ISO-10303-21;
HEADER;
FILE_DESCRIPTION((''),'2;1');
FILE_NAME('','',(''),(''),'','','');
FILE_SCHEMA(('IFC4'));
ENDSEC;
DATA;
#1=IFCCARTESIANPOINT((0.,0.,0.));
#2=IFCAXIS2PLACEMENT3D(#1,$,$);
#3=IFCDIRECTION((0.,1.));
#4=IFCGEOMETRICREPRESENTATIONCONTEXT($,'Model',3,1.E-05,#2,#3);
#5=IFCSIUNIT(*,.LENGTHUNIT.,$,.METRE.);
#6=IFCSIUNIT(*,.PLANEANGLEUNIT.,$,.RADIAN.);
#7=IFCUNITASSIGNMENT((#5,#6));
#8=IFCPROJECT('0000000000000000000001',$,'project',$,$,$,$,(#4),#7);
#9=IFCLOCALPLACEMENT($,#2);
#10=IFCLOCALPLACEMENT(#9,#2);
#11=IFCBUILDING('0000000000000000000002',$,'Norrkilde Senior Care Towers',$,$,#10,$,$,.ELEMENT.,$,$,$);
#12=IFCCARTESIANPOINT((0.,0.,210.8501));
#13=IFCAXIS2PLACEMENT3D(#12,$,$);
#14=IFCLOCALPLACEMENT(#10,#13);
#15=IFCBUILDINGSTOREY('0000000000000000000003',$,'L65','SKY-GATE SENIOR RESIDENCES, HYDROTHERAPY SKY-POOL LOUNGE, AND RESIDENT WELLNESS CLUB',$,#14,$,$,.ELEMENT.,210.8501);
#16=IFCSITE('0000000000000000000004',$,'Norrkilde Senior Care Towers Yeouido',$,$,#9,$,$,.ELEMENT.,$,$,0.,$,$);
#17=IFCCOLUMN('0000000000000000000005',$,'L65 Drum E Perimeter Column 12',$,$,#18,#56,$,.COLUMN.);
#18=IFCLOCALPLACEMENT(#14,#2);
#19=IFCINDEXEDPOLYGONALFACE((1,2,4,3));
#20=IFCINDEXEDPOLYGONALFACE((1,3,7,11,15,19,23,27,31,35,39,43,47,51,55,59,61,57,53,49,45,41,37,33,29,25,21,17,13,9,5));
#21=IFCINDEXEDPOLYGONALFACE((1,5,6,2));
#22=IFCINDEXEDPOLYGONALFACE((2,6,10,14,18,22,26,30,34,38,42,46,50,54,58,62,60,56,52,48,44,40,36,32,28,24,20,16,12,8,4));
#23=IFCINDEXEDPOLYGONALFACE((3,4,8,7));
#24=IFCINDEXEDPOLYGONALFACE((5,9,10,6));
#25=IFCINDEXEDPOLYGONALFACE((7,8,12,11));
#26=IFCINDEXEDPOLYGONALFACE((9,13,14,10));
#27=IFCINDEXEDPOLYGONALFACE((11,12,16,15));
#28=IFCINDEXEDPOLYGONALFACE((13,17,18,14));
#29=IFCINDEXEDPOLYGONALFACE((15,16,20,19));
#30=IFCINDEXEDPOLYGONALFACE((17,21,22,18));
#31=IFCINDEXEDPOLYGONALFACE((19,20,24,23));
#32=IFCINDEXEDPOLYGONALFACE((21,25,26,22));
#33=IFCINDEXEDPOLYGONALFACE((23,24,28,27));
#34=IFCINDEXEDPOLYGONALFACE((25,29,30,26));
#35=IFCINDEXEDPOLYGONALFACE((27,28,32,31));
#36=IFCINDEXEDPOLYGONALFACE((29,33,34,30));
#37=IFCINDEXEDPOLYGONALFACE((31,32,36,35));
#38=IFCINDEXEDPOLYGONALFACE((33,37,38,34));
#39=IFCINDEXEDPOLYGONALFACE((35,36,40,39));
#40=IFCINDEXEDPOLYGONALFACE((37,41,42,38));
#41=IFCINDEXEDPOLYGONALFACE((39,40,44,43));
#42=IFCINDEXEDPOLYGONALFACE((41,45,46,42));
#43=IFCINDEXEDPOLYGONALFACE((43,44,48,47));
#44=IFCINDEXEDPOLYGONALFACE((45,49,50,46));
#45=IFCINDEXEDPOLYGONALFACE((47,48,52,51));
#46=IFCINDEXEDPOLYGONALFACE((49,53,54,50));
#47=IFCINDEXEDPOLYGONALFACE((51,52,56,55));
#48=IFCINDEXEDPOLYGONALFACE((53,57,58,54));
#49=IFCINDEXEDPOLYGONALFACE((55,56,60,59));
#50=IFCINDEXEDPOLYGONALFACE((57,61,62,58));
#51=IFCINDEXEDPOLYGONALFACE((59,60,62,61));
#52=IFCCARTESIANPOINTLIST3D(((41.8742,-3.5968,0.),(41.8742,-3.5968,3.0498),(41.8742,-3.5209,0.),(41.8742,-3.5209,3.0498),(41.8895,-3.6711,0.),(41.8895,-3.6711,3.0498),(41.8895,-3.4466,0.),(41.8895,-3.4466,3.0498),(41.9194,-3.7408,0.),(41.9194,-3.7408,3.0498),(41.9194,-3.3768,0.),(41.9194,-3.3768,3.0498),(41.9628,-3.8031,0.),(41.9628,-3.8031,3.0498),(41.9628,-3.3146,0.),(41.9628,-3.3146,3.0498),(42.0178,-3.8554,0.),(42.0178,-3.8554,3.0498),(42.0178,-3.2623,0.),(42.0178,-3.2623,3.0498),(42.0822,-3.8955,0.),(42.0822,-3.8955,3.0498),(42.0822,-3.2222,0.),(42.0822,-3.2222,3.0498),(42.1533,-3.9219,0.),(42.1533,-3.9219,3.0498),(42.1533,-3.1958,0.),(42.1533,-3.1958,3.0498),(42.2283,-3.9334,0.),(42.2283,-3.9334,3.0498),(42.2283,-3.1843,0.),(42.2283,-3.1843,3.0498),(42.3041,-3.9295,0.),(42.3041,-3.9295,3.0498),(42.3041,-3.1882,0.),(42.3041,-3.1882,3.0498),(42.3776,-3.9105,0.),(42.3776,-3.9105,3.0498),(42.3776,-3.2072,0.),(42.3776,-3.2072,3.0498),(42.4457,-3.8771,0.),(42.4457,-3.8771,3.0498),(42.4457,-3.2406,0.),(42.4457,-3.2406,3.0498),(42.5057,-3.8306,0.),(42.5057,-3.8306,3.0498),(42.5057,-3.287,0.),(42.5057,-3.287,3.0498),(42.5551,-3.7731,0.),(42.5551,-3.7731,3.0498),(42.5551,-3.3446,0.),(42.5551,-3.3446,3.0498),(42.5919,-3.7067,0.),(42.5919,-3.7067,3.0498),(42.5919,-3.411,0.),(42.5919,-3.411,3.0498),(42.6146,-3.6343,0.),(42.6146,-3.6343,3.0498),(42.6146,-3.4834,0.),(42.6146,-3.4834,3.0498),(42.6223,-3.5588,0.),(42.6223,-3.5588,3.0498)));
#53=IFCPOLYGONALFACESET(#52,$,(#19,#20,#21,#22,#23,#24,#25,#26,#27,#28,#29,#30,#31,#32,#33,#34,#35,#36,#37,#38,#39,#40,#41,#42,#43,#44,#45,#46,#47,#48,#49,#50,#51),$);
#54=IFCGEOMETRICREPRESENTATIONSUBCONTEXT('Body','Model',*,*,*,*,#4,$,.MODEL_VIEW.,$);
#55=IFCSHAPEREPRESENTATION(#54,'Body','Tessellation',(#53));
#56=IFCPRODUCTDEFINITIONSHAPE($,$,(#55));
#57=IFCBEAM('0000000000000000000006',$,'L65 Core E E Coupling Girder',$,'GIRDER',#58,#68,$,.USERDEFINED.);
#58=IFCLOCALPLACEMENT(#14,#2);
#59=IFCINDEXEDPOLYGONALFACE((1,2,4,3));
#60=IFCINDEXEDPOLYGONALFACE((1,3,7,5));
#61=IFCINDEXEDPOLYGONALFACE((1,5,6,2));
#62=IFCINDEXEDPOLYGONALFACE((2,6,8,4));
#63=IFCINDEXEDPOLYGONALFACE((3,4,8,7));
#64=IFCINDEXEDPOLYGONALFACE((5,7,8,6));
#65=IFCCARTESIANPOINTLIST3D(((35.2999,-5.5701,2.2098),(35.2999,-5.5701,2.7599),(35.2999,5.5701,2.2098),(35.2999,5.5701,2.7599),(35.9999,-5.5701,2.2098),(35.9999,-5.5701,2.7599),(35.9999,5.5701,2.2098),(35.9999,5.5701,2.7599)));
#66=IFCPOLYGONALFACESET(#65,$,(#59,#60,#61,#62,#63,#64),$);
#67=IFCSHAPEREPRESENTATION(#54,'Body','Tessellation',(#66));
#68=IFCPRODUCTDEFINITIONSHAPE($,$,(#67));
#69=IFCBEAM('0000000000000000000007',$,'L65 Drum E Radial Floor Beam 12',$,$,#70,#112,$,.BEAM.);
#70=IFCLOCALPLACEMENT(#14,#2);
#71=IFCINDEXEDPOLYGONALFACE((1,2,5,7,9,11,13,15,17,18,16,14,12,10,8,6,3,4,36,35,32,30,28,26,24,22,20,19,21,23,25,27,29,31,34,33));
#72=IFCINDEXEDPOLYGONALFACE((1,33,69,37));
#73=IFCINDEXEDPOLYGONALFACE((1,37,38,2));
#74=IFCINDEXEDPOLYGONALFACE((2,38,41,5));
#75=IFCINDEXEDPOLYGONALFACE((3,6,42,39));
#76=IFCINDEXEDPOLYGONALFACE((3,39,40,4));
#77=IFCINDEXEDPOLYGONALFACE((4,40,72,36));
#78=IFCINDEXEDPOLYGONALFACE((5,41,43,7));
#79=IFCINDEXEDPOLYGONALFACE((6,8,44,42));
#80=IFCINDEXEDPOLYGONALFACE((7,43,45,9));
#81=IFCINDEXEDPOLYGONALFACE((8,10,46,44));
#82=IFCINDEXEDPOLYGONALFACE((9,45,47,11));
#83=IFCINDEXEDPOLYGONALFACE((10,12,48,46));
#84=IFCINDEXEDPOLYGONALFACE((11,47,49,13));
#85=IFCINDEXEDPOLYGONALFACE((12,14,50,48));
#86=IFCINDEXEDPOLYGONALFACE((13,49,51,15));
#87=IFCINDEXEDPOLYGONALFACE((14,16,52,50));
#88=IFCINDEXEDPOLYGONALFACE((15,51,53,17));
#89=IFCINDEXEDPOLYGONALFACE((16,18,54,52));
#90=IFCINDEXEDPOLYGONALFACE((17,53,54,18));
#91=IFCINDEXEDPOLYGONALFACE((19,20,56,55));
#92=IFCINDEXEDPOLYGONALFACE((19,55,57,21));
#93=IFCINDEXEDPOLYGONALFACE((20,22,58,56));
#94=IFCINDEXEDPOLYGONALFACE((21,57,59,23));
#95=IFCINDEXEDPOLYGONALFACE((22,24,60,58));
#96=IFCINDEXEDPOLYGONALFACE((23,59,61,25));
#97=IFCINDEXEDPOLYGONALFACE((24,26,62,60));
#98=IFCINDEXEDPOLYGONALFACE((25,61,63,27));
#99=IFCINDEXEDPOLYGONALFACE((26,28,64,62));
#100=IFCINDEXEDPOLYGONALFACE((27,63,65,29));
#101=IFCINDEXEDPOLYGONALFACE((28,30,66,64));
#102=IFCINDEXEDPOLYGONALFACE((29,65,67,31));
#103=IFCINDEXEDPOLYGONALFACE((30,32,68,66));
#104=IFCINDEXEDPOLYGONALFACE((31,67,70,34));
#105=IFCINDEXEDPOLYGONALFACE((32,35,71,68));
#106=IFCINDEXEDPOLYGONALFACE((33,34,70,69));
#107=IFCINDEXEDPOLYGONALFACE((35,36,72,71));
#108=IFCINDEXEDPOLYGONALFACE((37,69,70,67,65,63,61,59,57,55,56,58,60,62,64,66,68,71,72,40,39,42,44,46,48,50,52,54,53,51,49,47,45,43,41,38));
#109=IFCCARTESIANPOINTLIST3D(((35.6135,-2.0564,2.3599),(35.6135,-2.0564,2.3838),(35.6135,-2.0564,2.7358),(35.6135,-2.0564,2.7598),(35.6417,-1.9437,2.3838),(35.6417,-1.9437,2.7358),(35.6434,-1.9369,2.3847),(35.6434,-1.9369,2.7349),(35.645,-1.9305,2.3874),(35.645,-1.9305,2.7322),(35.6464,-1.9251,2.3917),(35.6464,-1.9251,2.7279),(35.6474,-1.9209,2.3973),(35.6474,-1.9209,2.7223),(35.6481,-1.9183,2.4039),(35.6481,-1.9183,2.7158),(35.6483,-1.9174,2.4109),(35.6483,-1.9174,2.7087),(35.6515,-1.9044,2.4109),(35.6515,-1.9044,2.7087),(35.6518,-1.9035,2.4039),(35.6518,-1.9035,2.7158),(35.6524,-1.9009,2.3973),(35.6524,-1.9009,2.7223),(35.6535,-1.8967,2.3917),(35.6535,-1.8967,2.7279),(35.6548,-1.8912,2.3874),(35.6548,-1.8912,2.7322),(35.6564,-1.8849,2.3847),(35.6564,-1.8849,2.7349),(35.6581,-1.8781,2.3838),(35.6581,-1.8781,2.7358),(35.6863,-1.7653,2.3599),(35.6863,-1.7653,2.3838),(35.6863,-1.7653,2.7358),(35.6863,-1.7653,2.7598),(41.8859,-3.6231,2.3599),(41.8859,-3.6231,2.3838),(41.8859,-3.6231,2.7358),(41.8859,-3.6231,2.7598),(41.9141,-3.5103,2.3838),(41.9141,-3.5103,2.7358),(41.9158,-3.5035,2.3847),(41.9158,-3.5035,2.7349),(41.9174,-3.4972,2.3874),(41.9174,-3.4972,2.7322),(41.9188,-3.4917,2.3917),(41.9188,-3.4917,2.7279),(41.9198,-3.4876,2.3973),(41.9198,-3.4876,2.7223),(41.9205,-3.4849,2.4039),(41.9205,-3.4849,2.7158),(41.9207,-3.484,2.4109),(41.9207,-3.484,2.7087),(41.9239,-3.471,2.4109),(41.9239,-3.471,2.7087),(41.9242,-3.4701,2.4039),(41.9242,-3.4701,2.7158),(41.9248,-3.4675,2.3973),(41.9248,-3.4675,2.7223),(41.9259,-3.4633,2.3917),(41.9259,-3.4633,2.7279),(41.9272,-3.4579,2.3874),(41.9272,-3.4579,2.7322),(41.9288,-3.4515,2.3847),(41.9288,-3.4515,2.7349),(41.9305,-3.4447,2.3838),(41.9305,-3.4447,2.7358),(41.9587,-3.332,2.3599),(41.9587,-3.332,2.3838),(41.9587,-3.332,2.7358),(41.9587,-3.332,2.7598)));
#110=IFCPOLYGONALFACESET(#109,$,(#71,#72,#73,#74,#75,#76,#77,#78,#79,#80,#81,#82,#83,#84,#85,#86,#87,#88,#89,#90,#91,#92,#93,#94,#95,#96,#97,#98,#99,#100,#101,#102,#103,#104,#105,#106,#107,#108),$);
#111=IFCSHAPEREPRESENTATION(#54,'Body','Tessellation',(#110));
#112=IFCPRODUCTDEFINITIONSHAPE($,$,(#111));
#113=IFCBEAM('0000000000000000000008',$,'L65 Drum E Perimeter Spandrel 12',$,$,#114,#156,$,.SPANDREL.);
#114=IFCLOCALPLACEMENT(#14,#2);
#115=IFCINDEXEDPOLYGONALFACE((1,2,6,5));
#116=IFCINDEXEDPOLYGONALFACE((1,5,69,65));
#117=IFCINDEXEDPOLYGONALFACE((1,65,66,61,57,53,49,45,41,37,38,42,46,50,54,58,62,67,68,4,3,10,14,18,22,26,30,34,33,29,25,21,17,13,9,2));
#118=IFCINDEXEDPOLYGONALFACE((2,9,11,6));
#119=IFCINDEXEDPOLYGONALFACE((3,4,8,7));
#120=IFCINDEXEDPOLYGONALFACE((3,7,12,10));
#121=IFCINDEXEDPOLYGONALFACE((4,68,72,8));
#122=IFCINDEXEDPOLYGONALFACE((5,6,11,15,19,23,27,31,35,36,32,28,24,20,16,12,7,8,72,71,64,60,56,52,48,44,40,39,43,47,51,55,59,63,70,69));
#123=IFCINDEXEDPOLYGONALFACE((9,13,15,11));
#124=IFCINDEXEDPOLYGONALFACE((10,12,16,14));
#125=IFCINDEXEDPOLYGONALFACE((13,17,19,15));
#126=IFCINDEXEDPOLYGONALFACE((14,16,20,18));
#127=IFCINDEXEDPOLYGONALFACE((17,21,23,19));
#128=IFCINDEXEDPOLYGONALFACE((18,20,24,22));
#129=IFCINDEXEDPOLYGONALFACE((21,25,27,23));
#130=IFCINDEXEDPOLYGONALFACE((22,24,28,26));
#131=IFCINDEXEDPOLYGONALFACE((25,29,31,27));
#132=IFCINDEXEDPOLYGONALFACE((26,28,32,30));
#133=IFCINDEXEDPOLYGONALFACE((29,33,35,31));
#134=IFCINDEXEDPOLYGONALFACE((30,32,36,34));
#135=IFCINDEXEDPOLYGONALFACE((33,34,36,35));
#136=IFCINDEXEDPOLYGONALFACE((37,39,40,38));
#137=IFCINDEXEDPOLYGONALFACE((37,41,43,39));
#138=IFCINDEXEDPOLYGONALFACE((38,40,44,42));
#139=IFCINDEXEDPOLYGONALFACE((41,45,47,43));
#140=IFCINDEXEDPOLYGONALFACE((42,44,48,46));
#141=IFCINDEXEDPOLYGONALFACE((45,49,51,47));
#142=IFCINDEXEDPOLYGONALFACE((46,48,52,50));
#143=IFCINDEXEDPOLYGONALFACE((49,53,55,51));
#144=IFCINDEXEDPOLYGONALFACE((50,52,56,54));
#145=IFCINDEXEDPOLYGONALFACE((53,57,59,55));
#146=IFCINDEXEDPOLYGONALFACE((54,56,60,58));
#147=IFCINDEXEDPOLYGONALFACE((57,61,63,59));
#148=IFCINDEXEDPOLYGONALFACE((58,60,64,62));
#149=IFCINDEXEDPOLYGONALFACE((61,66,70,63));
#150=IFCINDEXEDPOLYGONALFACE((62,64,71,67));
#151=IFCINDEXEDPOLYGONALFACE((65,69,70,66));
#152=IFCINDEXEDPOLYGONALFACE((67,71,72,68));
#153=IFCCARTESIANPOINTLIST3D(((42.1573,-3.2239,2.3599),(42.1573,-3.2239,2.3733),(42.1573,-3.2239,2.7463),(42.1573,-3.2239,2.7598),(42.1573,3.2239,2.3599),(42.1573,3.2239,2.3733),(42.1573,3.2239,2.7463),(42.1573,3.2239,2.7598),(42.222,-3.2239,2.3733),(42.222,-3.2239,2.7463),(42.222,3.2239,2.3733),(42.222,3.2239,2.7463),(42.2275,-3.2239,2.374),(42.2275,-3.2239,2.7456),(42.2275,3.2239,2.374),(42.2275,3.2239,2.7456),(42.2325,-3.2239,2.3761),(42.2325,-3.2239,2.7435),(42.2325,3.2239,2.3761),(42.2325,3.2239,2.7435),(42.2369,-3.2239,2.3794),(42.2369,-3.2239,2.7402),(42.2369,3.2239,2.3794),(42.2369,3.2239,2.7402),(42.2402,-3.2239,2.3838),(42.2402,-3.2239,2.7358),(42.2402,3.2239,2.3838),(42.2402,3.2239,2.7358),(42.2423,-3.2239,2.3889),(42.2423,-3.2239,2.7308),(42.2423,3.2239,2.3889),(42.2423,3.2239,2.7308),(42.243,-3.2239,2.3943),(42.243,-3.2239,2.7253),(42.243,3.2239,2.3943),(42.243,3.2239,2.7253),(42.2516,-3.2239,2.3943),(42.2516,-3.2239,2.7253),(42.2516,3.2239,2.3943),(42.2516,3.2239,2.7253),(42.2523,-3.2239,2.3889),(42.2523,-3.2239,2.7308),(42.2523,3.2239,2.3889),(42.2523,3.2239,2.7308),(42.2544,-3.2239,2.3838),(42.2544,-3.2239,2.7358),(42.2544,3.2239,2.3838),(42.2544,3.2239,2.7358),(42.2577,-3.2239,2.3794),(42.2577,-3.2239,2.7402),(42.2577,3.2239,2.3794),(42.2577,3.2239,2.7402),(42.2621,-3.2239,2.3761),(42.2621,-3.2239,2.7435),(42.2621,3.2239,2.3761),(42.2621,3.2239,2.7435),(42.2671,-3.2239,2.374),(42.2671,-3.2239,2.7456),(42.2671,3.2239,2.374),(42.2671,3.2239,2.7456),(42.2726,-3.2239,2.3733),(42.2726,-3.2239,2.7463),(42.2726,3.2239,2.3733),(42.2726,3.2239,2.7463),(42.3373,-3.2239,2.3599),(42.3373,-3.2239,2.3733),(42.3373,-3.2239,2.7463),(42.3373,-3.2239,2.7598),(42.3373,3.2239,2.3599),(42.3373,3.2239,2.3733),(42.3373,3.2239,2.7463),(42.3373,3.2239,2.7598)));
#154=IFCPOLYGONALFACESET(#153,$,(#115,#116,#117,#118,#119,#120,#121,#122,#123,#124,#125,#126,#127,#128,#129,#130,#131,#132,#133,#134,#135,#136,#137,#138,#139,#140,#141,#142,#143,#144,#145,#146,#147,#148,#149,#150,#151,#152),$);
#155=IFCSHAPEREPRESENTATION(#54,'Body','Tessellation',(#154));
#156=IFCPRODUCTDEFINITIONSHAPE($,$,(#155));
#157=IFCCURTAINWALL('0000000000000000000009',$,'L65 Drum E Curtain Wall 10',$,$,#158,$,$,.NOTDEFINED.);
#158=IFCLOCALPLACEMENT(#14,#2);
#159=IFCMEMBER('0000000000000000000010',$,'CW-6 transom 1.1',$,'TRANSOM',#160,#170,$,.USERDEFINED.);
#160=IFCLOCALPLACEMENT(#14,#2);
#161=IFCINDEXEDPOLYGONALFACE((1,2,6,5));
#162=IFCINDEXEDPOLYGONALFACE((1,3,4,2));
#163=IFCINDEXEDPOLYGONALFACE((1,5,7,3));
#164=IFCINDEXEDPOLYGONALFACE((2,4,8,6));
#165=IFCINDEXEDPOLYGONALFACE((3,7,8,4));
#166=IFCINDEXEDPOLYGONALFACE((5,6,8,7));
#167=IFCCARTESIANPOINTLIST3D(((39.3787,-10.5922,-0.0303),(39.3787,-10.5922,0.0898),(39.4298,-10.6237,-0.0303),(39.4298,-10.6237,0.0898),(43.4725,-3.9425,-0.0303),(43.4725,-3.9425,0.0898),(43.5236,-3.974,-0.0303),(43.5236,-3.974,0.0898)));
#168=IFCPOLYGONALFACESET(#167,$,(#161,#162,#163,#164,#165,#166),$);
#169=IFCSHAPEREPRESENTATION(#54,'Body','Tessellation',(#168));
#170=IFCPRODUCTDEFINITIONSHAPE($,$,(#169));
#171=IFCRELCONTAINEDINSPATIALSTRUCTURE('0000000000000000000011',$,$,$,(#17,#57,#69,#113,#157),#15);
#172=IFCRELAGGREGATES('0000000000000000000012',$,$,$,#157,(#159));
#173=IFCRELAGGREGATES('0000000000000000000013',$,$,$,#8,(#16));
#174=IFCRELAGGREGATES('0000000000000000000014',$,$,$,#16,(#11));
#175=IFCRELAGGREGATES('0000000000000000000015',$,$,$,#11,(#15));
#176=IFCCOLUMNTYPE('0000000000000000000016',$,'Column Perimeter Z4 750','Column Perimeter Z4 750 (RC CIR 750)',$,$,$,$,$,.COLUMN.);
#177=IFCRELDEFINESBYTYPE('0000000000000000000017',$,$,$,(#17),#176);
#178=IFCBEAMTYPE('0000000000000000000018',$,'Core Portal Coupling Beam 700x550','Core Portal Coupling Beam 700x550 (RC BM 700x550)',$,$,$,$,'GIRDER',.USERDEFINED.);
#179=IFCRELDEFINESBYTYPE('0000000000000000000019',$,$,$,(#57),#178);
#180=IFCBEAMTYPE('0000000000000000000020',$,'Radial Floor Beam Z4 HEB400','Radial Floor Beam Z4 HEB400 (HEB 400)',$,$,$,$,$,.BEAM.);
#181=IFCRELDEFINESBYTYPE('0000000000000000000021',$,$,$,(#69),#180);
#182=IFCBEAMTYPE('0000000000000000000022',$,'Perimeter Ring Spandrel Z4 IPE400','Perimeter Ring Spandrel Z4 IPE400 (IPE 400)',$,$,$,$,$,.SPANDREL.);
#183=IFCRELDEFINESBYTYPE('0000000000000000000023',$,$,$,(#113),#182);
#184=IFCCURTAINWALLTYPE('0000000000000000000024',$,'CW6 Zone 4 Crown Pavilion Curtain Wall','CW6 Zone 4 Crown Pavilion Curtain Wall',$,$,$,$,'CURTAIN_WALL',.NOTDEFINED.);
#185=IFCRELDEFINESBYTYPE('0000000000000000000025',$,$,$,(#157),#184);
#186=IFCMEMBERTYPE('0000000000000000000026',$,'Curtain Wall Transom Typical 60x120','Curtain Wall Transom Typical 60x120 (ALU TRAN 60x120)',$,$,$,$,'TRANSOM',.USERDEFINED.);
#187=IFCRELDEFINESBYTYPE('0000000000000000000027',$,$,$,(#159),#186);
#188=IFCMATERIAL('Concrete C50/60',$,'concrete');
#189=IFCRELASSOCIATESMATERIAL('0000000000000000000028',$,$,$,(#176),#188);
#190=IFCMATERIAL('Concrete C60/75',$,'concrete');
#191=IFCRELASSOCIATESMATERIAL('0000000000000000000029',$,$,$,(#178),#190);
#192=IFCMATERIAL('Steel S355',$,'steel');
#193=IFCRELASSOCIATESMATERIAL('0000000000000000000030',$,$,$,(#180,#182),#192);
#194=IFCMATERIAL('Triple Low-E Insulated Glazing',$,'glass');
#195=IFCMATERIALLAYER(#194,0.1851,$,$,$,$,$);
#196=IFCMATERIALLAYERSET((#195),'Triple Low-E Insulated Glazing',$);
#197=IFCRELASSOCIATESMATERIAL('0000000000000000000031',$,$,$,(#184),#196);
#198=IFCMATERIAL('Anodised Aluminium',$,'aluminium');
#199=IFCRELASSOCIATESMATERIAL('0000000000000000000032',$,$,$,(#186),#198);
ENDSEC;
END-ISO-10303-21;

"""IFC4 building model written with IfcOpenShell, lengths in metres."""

from ifc_helpers import new_model, si_unit, direction, frame, origin, origin_2d, place, context, subcontext, project, spatial, rectangle, circle, i_section, extrude, source, transform, mapped, material, layer, layer_set, material_profile, profile_set, type_object, type_shapes, element, aggregate, save


model = new_model("IFC4")

# Units and contexts
model_context = context("Model", 3, precision=1e-05, world=origin(), true_north=direction((0.0, 1.0)))
body_context = subcontext(model_context, "Body", "Model", "MODEL_VIEW")
ifc_project = project(units=[si_unit("LENGTHUNIT", "METRE"), si_unit("PLANEANGLEUNIT", "RADIAN")], contexts=[model_context])

# Site, building, storey
site_placement = place(None, origin())
site = spatial("IfcSite", under=ifc_project, at=site_placement, Name="Norrkilde Senior Care Towers Yeouido", CompositionType="ELEMENT", RefElevation=0.0)
building_placement = place(site_placement, origin())
building = spatial("IfcBuilding", under=site, at=building_placement, Name="Norrkilde Senior Care Towers", CompositionType="ELEMENT")
storey_placement = place(building_placement, frame((0.0, 0.0, 210.8501)))
storey = spatial("IfcBuildingStorey", under=building, at=storey_placement, Name="L65", Description="SKY-GATE SENIOR RESIDENCES, HYDROTHERAPY SKY-POOL LOUNGE, AND RESIDENT WELLNESS CLUB", CompositionType="ELEMENT", Elevation=210.8501)

# Column
ifc_material_1 = material(Name="Concrete C50/60", Category="concrete")
ifc_material_profile_1 = material_profile(ifc_material_1, circle(Radius=0.375, at=origin_2d()), Name="RC CIR 750")
ifc_profile_set_1 = profile_set([ifc_material_profile_1], Name="Concrete C50/60")
column_type = type_object("IfcColumnType", Name="Column Perimeter Z4 750", Description="Column Perimeter Z4 750 (RC CIR 750)", PredefinedType="COLUMN", material=ifc_profile_set_1)
shared_shape_1 = source(origin(), body_context, "Body", "SweptSolid", [
    extrude(circle(Radius=0.375, at=origin_2d()), origin(), (0.0, 0.0, 1.0), 3.0498),
])
type_shapes(column_type, [shared_shape_1])
column_placement = place(storey_placement, frame((42.2473, -3.5588, 0.0), z_axis=(0.0, 0.0, 1.0), x_axis=(1.0, 0.0, 0.0)))
element("IfcColumn", 1, at=column_placement, inside=storey, type_object=column_type, Name="L65 Drum E Perimeter Column 12", PredefinedType="COLUMN", context=body_context, shape_type="MappedRepresentation", body=[
    mapped(shared_shape_1, transform((0.0, 0.0, 0.0), x_axis=(1.0, 0.0, 0.0), y_axis=(0.0, 1.0, 0.0), z_axis=(0.0, 0.0, 1.0), scale=1.0)),
])

# Beams
ifc_material_2 = material(Name="Concrete C60/75", Category="concrete")
ifc_material_profile_2 = material_profile(ifc_material_2, rectangle(XDim=0.7, YDim=0.55, at=origin_2d()), Name="RC BM 700x550")
ifc_profile_set_2 = profile_set([ifc_material_profile_2], Name="Concrete C60/75")
beam_type_1 = type_object("IfcBeamType", Name="Core Portal Coupling Beam 700x550", Description="Core Portal Coupling Beam 700x550 (RC BM 700x550)", ElementType="GIRDER", PredefinedType="USERDEFINED", material=ifc_profile_set_2)
shared_shape_2 = source(origin(), body_context, "Body", "SweptSolid", [
    extrude(rectangle(XDim=0.7, YDim=0.55, at=origin_2d()), origin(), (0.0, 0.0, 1.0), 11.1401),
])
type_shapes(beam_type_1, [shared_shape_2])
beam_1_placement = place(storey_placement, frame((35.6499, -5.5701, 2.4849), z_axis=(0.0, 1.0, 0.0), x_axis=(-1.0, 0.0, 0.0)))
element("IfcBeam", 2, at=beam_1_placement, inside=storey, type_object=beam_type_1, Name="L65 Core E E Coupling Girder", ObjectType="GIRDER", PredefinedType="USERDEFINED", context=body_context, shape_type="MappedRepresentation", body=[
    mapped(shared_shape_2, transform((0.0, 0.0, 0.0), x_axis=(1.0, 0.0, 0.0), y_axis=(0.0, 1.0, 0.0), z_axis=(0.0, 0.0, 1.0), scale=1.0)),
])
ifc_material_3 = material(Name="Steel S355", Category="steel")
ifc_material_profile_3 = material_profile(ifc_material_3, i_section(OverallWidth=0.3, OverallDepth=0.3999, WebThickness=0.0134, FlangeThickness=0.0239, FilletRadius=0.0271, at=origin_2d()), Name="HEB 400")
ifc_profile_set_3 = profile_set([ifc_material_profile_3], Name="Steel S355")
beam_type_2 = type_object("IfcBeamType", Name="Radial Floor Beam Z4 HEB400", Description="Radial Floor Beam Z4 HEB400 (HEB 400)", PredefinedType="BEAM", material=ifc_profile_set_3)
shared_shape_3 = source(origin(), body_context, "Body", "SweptSolid", [
    extrude(i_section(OverallWidth=0.3, OverallDepth=0.3999, WebThickness=0.0134, FlangeThickness=0.0239, FilletRadius=0.0271, at=origin_2d()), origin(), (0.0, 0.0, 1.0), 6.4651),
])
type_shapes(beam_type_2, [shared_shape_3])
beam_2_placement = place(storey_placement, frame((35.6499, -1.9109, 2.5598), z_axis=(0.970196, -0.242322, 0.0), x_axis=(0.242322, 0.970196, 0.0)))
element("IfcBeam", 3, at=beam_2_placement, inside=storey, type_object=beam_type_2, Name="L65 Drum E Radial Floor Beam 12", PredefinedType="BEAM", context=body_context, shape_type="MappedRepresentation", body=[
    mapped(shared_shape_3, transform((0.0, 0.0, 0.0), x_axis=(1.0, 0.0, 0.0), y_axis=(0.0, 1.0, 0.0), z_axis=(0.0, 0.0, 1.0), scale=1.0)),
])
ifc_material_profile_4 = material_profile(ifc_material_3, i_section(OverallWidth=0.1799, OverallDepth=0.3999, WebThickness=0.0085, FlangeThickness=0.0134, FilletRadius=0.021, at=origin_2d()), Name="IPE 400")
ifc_profile_set_4 = profile_set([ifc_material_profile_4], Name="Steel S355")
beam_type_3 = type_object("IfcBeamType", Name="Perimeter Ring Spandrel Z4 IPE400", Description="Perimeter Ring Spandrel Z4 IPE400 (IPE 400)", PredefinedType="SPANDREL", material=ifc_profile_set_4)
shared_shape_4 = source(origin(), body_context, "Body", "SweptSolid", [
    extrude(i_section(OverallWidth=0.1799, OverallDepth=0.3999, WebThickness=0.0085, FlangeThickness=0.0134, FilletRadius=0.021, at=origin_2d()), origin(), (0.0, 0.0, 1.0), 6.4478),
])
type_shapes(beam_type_3, [shared_shape_4])
beam_3_placement = place(storey_placement, frame((42.2473, -3.2239, 2.5598), z_axis=(0.0, 1.0, 0.0), x_axis=(-1.0, 0.0, 0.0)))
element("IfcBeam", 4, at=beam_3_placement, inside=storey, type_object=beam_type_3, Name="L65 Drum E Perimeter Spandrel 12", PredefinedType="SPANDREL", context=body_context, shape_type="MappedRepresentation", body=[
    mapped(shared_shape_4, transform((0.0, 0.0, 0.0), x_axis=(1.0, 0.0, 0.0), y_axis=(0.0, 1.0, 0.0), z_axis=(0.0, 0.0, 1.0), scale=1.0)),
])

# Curtain wall, member
ifc_material_4 = material(Name="Triple Low-E Insulated Glazing", Category="glass")
ifc_layer_1 = layer(ifc_material_4, 0.1851)
ifc_layer_set_1 = layer_set([ifc_layer_1], Name="Triple Low-E Insulated Glazing")
curtain_wall_type = type_object("IfcCurtainWallType", Name="CW6 Zone 4 Crown Pavilion Curtain Wall", Description="CW6 Zone 4 Crown Pavilion Curtain Wall", ElementType="CURTAIN_WALL", PredefinedType="NOTDEFINED", material=ifc_layer_set_1)
curtain_wall_1_placement = place(storey_placement, origin())
curtain_wall_1 = element("IfcCurtainWall", 5, at=curtain_wall_1_placement, inside=storey, type_object=curtain_wall_type, Name="L65 Drum E Curtain Wall 10", PredefinedType="NOTDEFINED")
ifc_material_5 = material(Name="Anodised Aluminium", Category="aluminium")
ifc_material_profile_5 = material_profile(ifc_material_5, rectangle(XDim=0.0601, YDim=0.1201, at=origin_2d()), Name="ALU TRAN 60x120")
ifc_profile_set_5 = profile_set([ifc_material_profile_5], Name="Anodised Aluminium")
member_type_1 = type_object("IfcMemberType", Name="Curtain Wall Transom Typical 60x120", Description="Curtain Wall Transom Typical 60x120 (ALU TRAN 60x120)", ElementType="TRANSOM", PredefinedType="USERDEFINED", material=ifc_profile_set_5)
shared_shape_5 = source(origin(), body_context, "Body", "SweptSolid", [
    extrude(rectangle(XDim=0.0601, YDim=0.1201, at=origin_2d()), origin(), (0.0, 0.0, 1.0), 7.8088),
])
type_shapes(member_type_1, [shared_shape_5])
member_1_placement = place(storey_placement, frame((43.498, -3.9583, 0.0298), z_axis=(-0.524251, -0.851564, 0.0), x_axis=(0.851564, -0.524251, 0.0)))
member_1 = element("IfcMember", 6, at=member_1_placement, type_object=member_type_1, Name="CW-6 transom 1.1", ObjectType="TRANSOM", PredefinedType="USERDEFINED", context=body_context, shape_type="MappedRepresentation", body=[
    mapped(shared_shape_5, transform((0.0, 0.0, 0.0), x_axis=(1.0, 0.0, 0.0), y_axis=(0.0, 1.0, 0.0), z_axis=(0.0, 0.0, 1.0), scale=1.0)),
])
aggregate(curtain_wall_1, [member_1])

save(model, "model.ifc")
